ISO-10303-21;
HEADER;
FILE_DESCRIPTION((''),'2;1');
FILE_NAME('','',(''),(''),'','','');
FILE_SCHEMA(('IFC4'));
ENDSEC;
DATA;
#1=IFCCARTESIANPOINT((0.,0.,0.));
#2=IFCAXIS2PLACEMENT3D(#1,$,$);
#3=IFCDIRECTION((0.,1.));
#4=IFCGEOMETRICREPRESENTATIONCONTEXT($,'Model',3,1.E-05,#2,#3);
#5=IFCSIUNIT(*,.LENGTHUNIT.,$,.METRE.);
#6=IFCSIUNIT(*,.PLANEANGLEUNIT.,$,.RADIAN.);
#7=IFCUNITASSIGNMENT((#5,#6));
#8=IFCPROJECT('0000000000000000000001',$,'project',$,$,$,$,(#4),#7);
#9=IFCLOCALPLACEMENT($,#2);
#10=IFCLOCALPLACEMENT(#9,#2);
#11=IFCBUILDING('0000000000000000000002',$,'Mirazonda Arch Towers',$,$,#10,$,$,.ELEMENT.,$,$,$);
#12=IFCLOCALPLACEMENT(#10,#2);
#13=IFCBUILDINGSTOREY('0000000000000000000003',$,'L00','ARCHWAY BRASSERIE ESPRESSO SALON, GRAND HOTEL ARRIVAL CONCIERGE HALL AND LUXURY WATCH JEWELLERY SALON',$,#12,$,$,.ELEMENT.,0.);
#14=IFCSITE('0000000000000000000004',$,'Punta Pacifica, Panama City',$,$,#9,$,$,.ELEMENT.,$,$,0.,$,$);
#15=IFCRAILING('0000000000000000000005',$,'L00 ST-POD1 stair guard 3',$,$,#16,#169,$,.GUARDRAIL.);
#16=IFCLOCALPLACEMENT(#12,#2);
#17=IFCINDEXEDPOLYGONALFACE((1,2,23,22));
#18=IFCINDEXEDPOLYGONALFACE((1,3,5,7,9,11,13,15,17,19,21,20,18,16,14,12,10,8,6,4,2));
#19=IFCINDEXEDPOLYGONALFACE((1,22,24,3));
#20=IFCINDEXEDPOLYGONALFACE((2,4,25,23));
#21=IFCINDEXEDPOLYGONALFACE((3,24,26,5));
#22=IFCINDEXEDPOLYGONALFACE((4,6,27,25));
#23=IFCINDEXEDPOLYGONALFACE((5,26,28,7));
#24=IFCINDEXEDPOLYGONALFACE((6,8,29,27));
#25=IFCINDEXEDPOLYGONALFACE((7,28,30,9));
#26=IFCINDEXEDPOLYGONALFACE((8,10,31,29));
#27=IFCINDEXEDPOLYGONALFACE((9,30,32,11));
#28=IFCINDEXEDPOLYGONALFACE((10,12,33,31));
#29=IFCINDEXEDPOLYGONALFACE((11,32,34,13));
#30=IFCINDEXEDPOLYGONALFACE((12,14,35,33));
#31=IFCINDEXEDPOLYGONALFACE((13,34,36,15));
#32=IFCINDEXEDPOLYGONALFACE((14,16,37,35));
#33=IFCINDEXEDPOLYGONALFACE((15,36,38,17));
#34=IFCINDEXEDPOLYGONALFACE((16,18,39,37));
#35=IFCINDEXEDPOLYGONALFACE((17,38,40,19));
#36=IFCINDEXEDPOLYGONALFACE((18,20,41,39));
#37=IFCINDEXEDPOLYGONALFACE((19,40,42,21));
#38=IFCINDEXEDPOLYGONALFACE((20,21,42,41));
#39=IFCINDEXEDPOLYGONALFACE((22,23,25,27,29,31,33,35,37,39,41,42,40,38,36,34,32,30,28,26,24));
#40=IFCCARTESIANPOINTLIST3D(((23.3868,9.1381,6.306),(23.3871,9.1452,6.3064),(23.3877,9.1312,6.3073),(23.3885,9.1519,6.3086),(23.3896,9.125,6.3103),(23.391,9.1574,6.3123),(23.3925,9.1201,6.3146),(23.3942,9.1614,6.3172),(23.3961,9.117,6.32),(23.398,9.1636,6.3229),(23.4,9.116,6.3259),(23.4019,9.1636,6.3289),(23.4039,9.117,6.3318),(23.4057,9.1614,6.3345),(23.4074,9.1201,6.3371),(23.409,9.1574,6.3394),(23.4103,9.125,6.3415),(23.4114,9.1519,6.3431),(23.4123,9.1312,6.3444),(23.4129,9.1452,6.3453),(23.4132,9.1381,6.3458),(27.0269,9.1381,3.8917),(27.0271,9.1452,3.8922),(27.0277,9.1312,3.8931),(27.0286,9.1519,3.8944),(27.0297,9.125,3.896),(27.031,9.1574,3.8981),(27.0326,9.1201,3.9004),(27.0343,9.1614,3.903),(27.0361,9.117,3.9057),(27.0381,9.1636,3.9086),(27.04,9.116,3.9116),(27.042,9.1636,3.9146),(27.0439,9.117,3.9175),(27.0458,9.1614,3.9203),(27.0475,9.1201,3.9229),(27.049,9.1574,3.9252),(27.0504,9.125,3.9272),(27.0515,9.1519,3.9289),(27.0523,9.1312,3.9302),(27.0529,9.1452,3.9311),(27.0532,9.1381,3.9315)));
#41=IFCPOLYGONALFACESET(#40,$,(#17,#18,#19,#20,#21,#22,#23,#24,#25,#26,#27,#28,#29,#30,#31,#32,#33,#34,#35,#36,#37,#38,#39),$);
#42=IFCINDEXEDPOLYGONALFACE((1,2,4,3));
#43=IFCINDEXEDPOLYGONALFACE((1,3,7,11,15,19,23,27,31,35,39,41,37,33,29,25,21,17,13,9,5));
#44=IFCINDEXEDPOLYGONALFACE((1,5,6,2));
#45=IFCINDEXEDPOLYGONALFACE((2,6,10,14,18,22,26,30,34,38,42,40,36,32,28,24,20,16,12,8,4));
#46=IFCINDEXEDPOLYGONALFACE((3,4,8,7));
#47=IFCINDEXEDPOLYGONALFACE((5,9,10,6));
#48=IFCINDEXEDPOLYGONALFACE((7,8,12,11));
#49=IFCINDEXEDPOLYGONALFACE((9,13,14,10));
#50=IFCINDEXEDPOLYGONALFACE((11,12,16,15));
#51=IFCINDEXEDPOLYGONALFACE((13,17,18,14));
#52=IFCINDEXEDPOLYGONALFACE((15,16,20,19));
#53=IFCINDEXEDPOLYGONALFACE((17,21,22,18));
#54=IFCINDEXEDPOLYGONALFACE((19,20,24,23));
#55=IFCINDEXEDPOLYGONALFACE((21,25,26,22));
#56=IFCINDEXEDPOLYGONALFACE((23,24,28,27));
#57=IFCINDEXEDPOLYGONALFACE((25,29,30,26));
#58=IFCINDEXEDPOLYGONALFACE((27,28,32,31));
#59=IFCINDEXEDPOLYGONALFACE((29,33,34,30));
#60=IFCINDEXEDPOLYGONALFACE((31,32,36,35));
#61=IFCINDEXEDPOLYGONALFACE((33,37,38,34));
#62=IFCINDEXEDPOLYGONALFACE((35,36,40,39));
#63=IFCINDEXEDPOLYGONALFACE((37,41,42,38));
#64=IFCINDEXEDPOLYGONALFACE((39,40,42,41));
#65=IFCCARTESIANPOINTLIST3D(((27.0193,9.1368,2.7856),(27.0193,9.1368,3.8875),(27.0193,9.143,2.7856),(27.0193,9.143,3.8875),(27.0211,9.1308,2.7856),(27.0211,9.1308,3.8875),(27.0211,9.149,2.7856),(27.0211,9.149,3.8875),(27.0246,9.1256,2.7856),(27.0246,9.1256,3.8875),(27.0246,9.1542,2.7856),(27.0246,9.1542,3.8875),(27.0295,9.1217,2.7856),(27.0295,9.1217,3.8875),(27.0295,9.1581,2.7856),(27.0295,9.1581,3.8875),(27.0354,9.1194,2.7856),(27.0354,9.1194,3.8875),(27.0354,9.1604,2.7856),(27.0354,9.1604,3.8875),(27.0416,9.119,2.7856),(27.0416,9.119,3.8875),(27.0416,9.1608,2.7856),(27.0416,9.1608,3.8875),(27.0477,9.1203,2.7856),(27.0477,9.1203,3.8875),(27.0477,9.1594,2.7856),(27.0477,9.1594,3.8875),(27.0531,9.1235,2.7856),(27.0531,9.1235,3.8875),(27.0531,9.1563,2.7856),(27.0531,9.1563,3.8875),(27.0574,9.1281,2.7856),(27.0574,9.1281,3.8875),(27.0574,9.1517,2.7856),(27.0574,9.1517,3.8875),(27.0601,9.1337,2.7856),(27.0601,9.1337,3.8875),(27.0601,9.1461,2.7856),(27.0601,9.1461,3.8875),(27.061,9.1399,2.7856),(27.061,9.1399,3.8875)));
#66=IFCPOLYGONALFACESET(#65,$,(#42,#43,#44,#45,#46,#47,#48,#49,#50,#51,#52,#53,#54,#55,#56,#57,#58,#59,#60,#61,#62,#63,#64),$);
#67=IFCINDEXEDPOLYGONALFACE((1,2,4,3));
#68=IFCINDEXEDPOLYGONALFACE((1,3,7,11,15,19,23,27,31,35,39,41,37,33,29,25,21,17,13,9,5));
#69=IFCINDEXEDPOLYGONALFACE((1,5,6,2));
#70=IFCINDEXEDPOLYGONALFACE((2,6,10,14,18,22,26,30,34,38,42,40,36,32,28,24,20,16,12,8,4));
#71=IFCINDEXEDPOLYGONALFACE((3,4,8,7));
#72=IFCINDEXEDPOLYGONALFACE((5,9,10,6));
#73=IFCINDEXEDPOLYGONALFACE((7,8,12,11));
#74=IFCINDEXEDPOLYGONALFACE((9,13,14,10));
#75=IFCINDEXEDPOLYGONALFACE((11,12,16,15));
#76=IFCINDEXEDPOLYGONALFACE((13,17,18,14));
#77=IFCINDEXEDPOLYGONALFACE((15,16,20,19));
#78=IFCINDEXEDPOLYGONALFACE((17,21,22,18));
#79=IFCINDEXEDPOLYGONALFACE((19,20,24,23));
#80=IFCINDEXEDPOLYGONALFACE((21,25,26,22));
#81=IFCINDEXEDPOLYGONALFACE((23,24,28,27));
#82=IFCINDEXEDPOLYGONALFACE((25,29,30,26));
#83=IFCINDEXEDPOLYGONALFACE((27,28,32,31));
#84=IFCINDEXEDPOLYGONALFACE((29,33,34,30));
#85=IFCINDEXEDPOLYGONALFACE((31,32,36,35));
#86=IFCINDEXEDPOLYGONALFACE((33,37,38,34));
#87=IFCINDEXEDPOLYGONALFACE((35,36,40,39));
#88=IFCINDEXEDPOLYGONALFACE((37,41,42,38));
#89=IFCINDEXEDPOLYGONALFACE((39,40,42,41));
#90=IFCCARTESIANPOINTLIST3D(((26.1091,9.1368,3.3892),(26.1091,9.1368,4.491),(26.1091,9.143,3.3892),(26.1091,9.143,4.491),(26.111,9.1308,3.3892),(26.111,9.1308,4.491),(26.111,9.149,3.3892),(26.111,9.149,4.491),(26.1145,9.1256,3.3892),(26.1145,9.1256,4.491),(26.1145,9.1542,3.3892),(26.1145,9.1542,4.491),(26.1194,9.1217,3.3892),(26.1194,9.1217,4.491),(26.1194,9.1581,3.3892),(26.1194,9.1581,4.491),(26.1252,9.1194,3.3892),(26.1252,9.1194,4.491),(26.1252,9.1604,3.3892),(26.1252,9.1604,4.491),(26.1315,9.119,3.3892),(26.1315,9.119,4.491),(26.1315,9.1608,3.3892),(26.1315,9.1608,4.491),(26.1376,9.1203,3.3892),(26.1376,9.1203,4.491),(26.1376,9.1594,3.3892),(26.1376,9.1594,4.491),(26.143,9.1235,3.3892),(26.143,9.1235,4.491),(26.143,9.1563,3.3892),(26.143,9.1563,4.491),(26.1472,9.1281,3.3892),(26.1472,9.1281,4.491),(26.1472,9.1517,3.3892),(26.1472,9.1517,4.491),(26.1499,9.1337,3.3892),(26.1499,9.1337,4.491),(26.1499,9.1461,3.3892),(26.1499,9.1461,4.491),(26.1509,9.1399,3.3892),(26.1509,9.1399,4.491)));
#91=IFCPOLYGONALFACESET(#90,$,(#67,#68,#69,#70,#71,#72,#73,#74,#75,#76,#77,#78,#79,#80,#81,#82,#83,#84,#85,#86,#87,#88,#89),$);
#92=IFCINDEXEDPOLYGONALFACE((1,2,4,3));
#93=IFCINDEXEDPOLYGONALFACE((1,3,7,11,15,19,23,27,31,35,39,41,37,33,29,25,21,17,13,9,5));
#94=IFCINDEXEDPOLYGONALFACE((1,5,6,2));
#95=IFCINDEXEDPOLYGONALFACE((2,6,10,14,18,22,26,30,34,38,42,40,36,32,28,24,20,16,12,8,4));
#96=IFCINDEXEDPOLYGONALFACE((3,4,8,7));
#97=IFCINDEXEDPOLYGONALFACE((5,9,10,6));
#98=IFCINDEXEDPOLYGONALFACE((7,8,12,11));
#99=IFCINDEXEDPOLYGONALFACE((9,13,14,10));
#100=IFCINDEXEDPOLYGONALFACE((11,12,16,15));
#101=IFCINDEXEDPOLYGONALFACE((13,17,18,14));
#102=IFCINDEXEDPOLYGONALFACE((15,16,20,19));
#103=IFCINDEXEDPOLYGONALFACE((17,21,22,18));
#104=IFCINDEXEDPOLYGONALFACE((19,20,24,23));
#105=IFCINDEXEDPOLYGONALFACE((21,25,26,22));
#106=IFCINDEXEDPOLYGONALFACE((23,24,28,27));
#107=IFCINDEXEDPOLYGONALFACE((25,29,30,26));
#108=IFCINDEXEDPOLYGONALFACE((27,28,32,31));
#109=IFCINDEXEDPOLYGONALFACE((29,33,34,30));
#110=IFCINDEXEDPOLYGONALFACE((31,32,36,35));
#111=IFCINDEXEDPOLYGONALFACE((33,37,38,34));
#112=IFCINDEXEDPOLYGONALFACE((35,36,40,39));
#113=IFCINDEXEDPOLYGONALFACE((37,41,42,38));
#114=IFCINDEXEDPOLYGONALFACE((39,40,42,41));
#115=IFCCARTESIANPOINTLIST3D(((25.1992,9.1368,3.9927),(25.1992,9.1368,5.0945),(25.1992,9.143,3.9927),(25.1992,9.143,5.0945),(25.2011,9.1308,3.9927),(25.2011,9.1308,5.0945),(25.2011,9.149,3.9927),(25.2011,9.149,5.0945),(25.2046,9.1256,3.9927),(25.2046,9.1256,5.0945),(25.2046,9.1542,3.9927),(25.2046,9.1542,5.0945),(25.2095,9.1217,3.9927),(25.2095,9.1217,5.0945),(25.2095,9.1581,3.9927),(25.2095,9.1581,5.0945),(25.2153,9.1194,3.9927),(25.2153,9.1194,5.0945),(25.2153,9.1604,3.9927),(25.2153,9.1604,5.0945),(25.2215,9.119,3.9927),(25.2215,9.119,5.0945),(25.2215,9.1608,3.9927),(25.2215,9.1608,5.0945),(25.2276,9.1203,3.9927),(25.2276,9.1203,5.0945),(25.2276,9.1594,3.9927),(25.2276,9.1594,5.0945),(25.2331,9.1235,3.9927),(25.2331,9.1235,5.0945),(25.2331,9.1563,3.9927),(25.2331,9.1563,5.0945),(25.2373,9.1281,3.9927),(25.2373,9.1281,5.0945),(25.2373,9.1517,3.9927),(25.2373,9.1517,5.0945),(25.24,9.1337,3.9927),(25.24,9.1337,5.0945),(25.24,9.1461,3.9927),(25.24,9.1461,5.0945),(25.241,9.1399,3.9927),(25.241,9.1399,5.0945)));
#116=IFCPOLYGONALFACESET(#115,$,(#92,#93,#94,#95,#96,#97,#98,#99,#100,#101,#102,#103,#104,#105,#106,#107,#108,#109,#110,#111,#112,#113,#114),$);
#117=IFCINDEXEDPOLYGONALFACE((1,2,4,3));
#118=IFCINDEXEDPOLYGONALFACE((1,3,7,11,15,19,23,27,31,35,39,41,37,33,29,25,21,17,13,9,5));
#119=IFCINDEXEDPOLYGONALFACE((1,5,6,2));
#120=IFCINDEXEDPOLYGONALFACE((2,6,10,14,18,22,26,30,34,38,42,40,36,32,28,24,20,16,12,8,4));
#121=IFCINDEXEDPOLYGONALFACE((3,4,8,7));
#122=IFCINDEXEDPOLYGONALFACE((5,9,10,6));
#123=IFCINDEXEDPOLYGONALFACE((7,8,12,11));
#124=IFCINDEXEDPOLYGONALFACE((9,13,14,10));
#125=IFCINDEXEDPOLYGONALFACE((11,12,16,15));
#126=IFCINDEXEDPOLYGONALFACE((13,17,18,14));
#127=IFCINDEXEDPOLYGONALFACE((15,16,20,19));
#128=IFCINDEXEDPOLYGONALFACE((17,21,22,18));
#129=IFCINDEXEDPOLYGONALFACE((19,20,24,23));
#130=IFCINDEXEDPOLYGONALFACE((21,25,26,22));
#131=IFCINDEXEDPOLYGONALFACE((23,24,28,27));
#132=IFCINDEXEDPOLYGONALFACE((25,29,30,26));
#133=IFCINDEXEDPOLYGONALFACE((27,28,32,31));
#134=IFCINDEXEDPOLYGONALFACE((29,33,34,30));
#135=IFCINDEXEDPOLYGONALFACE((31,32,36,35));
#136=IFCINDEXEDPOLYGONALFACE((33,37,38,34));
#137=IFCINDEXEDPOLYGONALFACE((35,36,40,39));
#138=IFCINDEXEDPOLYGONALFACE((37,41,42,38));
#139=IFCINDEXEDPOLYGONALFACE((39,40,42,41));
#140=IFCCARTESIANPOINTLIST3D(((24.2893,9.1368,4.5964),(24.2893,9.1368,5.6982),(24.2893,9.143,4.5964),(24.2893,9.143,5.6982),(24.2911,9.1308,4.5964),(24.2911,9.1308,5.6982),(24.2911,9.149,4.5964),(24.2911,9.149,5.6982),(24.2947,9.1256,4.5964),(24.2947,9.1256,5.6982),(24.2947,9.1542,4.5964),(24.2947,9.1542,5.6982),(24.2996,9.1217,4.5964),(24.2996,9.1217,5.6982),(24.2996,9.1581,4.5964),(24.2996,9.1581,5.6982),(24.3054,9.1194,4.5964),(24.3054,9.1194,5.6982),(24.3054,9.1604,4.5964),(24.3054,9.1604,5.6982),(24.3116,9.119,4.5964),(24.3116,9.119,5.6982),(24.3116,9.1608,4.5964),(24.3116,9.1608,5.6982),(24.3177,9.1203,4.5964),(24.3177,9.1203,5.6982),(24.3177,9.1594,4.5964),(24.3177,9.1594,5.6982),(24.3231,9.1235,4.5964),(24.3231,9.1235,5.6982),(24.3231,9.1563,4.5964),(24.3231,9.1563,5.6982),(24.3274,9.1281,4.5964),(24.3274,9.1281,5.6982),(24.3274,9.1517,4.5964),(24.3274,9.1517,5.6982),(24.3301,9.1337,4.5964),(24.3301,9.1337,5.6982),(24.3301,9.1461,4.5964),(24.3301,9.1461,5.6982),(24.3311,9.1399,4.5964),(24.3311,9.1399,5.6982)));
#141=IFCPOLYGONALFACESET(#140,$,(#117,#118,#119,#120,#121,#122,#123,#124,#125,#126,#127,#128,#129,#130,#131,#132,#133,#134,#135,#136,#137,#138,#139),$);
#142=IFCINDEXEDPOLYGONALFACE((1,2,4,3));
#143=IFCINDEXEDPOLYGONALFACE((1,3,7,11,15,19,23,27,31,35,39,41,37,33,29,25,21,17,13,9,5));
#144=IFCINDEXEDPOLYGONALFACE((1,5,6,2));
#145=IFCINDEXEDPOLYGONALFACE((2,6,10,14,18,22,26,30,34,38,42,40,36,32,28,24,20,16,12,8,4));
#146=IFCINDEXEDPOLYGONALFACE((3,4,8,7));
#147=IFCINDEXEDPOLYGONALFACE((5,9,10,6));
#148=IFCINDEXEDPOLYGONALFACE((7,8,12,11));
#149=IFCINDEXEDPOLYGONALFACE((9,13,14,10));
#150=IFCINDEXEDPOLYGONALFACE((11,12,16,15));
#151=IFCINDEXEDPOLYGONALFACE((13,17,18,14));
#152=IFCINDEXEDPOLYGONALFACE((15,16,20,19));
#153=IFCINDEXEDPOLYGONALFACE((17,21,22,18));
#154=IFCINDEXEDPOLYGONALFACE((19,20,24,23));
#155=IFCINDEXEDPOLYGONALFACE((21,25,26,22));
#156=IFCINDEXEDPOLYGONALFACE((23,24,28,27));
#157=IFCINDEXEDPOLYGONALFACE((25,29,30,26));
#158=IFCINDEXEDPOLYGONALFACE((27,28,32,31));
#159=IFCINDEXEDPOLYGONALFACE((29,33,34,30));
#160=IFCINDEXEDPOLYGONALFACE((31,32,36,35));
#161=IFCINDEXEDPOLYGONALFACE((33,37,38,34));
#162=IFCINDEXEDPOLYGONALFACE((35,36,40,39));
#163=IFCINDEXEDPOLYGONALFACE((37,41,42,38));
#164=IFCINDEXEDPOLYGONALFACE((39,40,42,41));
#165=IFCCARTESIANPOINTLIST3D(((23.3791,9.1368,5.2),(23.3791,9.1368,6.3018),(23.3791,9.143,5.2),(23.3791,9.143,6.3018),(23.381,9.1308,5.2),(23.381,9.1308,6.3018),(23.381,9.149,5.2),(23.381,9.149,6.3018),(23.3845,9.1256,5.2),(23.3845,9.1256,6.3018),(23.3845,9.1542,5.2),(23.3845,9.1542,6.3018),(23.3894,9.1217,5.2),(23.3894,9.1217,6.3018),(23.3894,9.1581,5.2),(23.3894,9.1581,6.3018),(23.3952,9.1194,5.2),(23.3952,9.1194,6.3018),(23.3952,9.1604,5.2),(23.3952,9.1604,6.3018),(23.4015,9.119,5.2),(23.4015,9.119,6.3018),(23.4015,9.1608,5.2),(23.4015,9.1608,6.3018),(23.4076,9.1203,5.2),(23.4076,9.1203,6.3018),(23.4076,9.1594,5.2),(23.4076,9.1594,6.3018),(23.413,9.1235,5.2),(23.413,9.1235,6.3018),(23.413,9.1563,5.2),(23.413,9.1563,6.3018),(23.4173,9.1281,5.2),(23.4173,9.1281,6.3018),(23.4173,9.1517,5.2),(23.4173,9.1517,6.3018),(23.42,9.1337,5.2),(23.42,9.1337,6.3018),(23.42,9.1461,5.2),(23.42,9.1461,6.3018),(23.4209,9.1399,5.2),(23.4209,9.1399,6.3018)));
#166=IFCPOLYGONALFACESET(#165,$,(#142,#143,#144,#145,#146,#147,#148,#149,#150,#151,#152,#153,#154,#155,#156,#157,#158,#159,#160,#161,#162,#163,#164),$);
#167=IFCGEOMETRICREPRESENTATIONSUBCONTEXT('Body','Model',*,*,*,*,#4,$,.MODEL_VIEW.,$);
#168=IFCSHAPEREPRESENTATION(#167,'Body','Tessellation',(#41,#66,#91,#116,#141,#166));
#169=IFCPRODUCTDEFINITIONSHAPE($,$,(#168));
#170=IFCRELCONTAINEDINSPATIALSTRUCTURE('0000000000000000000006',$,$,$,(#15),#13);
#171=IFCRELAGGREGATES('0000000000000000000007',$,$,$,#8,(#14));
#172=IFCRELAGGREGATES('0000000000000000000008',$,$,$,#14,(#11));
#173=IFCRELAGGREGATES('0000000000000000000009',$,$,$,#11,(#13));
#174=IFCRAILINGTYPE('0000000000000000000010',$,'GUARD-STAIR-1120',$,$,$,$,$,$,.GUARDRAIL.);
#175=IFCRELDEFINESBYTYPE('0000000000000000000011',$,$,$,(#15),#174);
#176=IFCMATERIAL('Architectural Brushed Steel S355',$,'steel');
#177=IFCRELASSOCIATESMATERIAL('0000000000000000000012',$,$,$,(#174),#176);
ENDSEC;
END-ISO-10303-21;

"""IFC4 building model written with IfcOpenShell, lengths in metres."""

from ifc_helpers import new_model, si_unit, direction, frame, origin, origin_2d, place, context, subcontext, project, spatial, circle, extrude, material, type_object, element, save


model = new_model("IFC4")

# Units and contexts
model_context = context("Model", 3, precision=1e-05, world=origin(), true_north=direction((0.0, 1.0)))
body_context = subcontext(model_context, "Body", "Model", "MODEL_VIEW")
ifc_project = project(units=[si_unit("LENGTHUNIT", "METRE"), si_unit("PLANEANGLEUNIT", "RADIAN")], contexts=[model_context])

# Site, building, storey
site_placement = place(None, origin())
site = spatial("IfcSite", under=ifc_project, at=site_placement, Name="Punta Pacifica, Panama City", CompositionType="ELEMENT", RefElevation=0.0)
building_placement = place(site_placement, origin())
building = spatial("IfcBuilding", under=site, at=building_placement, Name="Mirazonda Arch Towers", CompositionType="ELEMENT")
storey_placement = place(building_placement, origin())
storey = spatial("IfcBuildingStorey", under=building, at=storey_placement, Name="L00", Description="ARCHWAY BRASSERIE ESPRESSO SALON, GRAND HOTEL ARRIVAL CONCIERGE HALL AND LUXURY WATCH JEWELLERY SALON", CompositionType="ELEMENT", Elevation=0.0)

# Railing
ifc_material_1 = material(Name="Architectural Brushed Steel S355", Category="steel")
railing_type_1 = type_object("IfcRailingType", Name="GUARD-STAIR-1120", PredefinedType="GUARDRAIL", material=ifc_material_1)
railing_1_placement = place(storey_placement, frame((27.04, 9.1399, 2.7856)))
element("IfcRailing", 1, at=railing_1_placement, inside=storey, type_object=railing_type_1, Name="L00 ST-POD1 stair guard 3", PredefinedType="GUARDRAIL", context=body_context, shape_type="SweptSolid", body=[
    extrude(circle(Radius=0.0239, at=origin_2d()), frame((0.0, 0.0, 1.126), z_axis=(-0.833364, 0.0, 0.552725), x_axis=(0.0, -1.0, 0.0)), (0.0, 0.0, 1.0), 4.3679),
    extrude(circle(Radius=0.021, at=origin_2d()), origin(), (0.0, 0.0, 1.0), 1.1018),
    extrude(circle(Radius=0.021, at=origin_2d()), frame((-0.9102, 0.0, 0.6035)), (0.0, 0.0, 1.0), 1.1018),
    extrude(circle(Radius=0.021, at=origin_2d()), frame((-1.8201, 0.0, 1.207)), (0.0, 0.0, 1.0), 1.1018),
    extrude(circle(Radius=0.021, at=origin_2d()), frame((-2.73, 0.0, 1.8108)), (0.0, 0.0, 1.0), 1.1018),
    extrude(circle(Radius=0.021, at=origin_2d()), frame((-3.6401, 0.0, 2.4143)), (0.0, 0.0, 1.0), 1.1018),
])

save(model, "model.ifc")
